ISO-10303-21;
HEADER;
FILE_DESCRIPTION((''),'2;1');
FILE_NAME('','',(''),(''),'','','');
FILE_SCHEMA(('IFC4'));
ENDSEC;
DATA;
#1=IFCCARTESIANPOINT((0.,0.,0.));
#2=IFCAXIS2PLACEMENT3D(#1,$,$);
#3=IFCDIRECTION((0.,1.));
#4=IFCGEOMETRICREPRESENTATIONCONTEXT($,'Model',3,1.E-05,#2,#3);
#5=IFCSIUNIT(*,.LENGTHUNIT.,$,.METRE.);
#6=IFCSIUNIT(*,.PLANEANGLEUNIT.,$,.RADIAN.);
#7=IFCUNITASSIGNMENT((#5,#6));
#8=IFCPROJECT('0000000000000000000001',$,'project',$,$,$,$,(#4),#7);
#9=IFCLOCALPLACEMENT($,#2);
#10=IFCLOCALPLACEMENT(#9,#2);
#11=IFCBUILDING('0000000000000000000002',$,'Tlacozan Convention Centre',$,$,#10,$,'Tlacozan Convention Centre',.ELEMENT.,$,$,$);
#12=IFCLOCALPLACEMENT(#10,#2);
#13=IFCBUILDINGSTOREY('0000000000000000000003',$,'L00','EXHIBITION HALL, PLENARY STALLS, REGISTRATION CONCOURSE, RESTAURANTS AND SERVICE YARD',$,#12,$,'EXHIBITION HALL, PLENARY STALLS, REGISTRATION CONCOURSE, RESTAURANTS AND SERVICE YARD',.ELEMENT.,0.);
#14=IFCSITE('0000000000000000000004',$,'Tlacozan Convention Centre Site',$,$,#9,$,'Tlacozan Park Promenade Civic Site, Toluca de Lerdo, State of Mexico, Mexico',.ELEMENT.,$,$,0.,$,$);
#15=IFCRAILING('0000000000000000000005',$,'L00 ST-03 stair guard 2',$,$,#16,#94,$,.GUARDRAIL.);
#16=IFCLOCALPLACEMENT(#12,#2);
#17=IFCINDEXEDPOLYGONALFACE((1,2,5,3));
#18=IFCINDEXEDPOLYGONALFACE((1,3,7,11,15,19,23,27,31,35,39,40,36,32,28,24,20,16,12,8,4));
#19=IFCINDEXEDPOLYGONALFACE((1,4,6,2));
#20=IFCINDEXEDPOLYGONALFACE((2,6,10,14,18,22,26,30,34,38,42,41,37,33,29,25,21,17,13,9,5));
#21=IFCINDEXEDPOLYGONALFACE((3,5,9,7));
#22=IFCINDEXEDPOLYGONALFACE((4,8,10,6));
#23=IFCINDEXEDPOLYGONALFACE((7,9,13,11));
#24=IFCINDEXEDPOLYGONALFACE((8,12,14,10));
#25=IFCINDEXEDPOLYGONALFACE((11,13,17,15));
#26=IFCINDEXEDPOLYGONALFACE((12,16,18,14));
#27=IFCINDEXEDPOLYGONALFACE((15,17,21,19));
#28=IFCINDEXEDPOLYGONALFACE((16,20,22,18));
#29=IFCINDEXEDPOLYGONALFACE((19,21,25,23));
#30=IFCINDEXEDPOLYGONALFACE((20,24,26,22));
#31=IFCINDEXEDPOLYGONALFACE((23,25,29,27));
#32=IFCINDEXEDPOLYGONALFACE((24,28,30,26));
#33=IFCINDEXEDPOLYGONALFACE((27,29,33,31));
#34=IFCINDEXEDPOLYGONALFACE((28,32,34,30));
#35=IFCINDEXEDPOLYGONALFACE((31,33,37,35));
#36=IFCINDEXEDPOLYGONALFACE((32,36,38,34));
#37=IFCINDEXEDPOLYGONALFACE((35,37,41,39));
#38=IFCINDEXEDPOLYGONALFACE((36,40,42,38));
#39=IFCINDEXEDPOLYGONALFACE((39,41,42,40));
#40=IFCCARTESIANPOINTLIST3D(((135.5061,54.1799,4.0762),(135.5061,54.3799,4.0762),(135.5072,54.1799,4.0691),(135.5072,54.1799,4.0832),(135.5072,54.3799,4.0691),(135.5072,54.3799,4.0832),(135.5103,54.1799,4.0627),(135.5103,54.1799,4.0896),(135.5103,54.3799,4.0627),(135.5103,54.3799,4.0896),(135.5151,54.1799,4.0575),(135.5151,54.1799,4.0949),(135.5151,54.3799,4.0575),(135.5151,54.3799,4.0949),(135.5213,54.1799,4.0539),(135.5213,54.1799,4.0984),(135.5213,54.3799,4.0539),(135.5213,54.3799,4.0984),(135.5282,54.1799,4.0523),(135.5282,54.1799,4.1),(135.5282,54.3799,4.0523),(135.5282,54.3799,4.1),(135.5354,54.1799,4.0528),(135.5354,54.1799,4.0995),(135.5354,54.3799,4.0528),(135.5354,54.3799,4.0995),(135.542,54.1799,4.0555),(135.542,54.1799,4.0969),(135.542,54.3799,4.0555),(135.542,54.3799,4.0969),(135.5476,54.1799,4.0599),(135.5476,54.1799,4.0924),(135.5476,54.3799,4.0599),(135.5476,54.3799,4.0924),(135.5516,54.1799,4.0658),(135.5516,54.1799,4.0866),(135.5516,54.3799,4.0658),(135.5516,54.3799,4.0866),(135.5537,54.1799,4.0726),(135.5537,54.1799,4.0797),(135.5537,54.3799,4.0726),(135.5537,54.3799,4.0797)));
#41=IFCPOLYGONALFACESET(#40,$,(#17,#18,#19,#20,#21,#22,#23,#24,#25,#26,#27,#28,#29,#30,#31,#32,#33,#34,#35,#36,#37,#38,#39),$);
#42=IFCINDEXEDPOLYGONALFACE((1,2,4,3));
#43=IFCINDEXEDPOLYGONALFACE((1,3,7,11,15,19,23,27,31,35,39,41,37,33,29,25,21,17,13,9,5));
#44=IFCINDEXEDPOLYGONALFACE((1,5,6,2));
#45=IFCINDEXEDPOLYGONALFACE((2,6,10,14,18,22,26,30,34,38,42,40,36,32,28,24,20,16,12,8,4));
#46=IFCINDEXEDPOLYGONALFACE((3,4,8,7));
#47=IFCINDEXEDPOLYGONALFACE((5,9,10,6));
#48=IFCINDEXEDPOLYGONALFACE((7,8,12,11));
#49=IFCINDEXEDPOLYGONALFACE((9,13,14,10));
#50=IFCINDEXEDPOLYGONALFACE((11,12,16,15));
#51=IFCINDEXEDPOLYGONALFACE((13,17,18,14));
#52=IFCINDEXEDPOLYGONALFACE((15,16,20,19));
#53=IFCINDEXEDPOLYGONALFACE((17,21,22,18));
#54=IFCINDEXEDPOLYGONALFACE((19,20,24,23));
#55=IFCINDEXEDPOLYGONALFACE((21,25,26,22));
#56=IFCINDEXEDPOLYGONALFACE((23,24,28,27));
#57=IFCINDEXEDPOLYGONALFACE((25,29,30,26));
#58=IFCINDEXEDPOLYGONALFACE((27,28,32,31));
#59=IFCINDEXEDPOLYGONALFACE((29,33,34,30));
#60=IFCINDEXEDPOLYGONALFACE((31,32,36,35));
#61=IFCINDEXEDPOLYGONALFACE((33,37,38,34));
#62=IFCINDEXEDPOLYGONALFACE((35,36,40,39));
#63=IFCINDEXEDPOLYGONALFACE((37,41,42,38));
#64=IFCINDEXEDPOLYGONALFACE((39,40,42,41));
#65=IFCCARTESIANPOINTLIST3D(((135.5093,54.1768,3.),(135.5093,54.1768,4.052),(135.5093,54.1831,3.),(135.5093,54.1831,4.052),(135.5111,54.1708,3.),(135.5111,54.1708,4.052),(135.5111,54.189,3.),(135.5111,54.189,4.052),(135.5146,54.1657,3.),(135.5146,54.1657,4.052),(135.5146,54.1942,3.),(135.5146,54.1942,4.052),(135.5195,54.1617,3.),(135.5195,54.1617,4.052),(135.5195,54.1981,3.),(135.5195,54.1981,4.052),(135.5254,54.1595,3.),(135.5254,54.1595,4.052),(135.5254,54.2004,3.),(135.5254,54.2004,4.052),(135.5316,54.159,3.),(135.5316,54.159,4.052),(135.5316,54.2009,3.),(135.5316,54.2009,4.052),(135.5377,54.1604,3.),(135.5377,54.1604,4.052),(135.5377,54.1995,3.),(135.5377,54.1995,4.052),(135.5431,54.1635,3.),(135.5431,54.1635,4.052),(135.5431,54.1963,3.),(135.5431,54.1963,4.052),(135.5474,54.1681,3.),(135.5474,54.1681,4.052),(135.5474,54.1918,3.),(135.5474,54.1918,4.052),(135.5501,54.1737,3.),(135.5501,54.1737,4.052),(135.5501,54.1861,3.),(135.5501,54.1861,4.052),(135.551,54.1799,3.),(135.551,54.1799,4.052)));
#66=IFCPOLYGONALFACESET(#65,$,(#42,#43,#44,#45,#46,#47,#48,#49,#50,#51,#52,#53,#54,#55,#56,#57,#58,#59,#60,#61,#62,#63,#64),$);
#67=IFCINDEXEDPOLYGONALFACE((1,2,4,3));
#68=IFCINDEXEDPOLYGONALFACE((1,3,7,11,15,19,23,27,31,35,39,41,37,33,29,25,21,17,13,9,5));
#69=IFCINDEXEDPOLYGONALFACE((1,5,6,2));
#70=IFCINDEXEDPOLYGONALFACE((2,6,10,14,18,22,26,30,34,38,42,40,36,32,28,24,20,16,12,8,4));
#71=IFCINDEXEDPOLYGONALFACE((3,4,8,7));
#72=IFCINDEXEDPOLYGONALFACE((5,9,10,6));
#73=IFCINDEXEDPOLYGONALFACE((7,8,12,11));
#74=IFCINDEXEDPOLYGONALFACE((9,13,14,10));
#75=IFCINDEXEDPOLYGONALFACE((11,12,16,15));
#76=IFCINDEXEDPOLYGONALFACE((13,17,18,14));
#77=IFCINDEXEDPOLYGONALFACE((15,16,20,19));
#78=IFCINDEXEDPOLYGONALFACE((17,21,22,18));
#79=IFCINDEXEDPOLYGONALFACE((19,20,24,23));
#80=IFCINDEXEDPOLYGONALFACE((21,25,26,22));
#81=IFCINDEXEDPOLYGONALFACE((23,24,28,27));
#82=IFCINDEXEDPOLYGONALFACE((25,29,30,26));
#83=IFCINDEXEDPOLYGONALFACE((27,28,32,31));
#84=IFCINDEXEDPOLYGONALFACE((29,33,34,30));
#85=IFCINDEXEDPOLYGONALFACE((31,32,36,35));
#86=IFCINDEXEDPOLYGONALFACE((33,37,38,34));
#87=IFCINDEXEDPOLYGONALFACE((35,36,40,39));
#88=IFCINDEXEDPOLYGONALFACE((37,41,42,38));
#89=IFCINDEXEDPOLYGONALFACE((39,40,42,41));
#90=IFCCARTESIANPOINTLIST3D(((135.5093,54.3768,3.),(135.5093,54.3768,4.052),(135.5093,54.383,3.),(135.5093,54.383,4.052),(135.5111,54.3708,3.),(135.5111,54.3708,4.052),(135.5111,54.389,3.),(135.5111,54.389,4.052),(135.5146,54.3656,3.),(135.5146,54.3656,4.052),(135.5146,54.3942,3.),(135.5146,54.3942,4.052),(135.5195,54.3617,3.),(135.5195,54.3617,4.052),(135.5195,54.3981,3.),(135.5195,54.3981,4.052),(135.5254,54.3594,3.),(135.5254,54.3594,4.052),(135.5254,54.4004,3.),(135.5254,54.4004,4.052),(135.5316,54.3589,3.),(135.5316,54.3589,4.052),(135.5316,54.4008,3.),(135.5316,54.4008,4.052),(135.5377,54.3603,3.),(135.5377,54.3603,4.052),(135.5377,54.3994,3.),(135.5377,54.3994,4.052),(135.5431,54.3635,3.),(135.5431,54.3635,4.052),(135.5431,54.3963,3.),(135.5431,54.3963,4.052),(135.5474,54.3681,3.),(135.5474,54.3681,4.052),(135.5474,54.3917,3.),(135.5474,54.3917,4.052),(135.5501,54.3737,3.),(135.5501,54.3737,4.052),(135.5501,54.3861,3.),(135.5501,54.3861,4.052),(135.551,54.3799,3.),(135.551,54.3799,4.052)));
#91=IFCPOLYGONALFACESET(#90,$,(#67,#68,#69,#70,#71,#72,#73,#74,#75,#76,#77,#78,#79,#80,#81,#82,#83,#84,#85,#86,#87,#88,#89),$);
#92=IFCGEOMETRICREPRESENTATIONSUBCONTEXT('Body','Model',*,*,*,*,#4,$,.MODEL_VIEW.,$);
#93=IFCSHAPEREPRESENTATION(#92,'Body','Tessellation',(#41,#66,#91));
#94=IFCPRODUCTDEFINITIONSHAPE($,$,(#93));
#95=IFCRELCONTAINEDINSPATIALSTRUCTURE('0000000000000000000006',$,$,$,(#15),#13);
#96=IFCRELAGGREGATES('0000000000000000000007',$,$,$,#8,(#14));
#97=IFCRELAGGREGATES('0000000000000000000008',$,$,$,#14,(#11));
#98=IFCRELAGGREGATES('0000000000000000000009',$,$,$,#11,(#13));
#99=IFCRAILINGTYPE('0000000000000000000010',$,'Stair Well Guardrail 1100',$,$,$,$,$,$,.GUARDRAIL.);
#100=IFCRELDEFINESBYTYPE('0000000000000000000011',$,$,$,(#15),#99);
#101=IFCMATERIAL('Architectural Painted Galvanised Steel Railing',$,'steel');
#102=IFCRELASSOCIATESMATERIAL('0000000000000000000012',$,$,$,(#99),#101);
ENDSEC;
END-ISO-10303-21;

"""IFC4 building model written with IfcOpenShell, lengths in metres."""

from ifc_helpers import new_model, si_unit, direction, frame, origin, origin_2d, place, context, subcontext, project, spatial, circle, extrude, material, type_object, element, save


model = new_model("IFC4")

# Units and contexts
model_context = context("Model", 3, precision=1e-05, world=origin(), true_north=direction((0.0, 1.0)))
body_context = subcontext(model_context, "Body", "Model", "MODEL_VIEW")
ifc_project = project(units=[si_unit("LENGTHUNIT", "METRE"), si_unit("PLANEANGLEUNIT", "RADIAN")], contexts=[model_context])

# Site, building, storey
site_placement = place(None, origin())
site = spatial("IfcSite", under=ifc_project, at=site_placement, Name="Tlacozan Convention Centre Site", LongName="Tlacozan Park Promenade Civic Site, Toluca de Lerdo, State of Mexico, Mexico", CompositionType="ELEMENT", RefElevation=0.0)
building_placement = place(site_placement, origin())
building = spatial("IfcBuilding", under=site, at=building_placement, Name="Tlacozan Convention Centre", LongName="Tlacozan Convention Centre", CompositionType="ELEMENT")
storey_placement = place(building_placement, origin())
storey = spatial("IfcBuildingStorey", under=building, at=storey_placement, Name="L00", Description="EXHIBITION HALL, PLENARY STALLS, REGISTRATION CONCOURSE, RESTAURANTS AND SERVICE YARD", LongName="EXHIBITION HALL, PLENARY STALLS, REGISTRATION CONCOURSE, RESTAURANTS AND SERVICE YARD", CompositionType="ELEMENT", Elevation=0.0)

# Railing
ifc_material_1 = material(Name="Architectural Painted Galvanised Steel Railing", Category="steel")
railing_type = type_object("IfcRailingType", Name="Stair Well Guardrail 1100", PredefinedType="GUARDRAIL", material=ifc_material_1)
railing_1_placement = place(storey_placement, frame((135.53, 54.1799, 3.0)))
element("IfcRailing", 1, at=railing_1_placement, inside=storey, type_object=railing_type, Name="L00 ST-03 stair guard 2", PredefinedType="GUARDRAIL", context=body_context, shape_type="SweptSolid", body=[
    extrude(circle(Radius=0.0239, at=origin_2d()), frame((0.0, 0.0, 1.0762), z_axis=(0.0, 1.0, 0.0), x_axis=(-1.0, 0.0, 0.0)), (0.0, 0.0, 1.0), 0.2),
    extrude(circle(Radius=0.021, at=origin_2d()), origin(), (0.0, 0.0, 1.0), 1.052),
    extrude(circle(Radius=0.021, at=origin_2d()), frame((0.0, 0.2, 0.0)), (0.0, 0.0, 1.0), 1.052),
])

save(model, "model.ifc")
